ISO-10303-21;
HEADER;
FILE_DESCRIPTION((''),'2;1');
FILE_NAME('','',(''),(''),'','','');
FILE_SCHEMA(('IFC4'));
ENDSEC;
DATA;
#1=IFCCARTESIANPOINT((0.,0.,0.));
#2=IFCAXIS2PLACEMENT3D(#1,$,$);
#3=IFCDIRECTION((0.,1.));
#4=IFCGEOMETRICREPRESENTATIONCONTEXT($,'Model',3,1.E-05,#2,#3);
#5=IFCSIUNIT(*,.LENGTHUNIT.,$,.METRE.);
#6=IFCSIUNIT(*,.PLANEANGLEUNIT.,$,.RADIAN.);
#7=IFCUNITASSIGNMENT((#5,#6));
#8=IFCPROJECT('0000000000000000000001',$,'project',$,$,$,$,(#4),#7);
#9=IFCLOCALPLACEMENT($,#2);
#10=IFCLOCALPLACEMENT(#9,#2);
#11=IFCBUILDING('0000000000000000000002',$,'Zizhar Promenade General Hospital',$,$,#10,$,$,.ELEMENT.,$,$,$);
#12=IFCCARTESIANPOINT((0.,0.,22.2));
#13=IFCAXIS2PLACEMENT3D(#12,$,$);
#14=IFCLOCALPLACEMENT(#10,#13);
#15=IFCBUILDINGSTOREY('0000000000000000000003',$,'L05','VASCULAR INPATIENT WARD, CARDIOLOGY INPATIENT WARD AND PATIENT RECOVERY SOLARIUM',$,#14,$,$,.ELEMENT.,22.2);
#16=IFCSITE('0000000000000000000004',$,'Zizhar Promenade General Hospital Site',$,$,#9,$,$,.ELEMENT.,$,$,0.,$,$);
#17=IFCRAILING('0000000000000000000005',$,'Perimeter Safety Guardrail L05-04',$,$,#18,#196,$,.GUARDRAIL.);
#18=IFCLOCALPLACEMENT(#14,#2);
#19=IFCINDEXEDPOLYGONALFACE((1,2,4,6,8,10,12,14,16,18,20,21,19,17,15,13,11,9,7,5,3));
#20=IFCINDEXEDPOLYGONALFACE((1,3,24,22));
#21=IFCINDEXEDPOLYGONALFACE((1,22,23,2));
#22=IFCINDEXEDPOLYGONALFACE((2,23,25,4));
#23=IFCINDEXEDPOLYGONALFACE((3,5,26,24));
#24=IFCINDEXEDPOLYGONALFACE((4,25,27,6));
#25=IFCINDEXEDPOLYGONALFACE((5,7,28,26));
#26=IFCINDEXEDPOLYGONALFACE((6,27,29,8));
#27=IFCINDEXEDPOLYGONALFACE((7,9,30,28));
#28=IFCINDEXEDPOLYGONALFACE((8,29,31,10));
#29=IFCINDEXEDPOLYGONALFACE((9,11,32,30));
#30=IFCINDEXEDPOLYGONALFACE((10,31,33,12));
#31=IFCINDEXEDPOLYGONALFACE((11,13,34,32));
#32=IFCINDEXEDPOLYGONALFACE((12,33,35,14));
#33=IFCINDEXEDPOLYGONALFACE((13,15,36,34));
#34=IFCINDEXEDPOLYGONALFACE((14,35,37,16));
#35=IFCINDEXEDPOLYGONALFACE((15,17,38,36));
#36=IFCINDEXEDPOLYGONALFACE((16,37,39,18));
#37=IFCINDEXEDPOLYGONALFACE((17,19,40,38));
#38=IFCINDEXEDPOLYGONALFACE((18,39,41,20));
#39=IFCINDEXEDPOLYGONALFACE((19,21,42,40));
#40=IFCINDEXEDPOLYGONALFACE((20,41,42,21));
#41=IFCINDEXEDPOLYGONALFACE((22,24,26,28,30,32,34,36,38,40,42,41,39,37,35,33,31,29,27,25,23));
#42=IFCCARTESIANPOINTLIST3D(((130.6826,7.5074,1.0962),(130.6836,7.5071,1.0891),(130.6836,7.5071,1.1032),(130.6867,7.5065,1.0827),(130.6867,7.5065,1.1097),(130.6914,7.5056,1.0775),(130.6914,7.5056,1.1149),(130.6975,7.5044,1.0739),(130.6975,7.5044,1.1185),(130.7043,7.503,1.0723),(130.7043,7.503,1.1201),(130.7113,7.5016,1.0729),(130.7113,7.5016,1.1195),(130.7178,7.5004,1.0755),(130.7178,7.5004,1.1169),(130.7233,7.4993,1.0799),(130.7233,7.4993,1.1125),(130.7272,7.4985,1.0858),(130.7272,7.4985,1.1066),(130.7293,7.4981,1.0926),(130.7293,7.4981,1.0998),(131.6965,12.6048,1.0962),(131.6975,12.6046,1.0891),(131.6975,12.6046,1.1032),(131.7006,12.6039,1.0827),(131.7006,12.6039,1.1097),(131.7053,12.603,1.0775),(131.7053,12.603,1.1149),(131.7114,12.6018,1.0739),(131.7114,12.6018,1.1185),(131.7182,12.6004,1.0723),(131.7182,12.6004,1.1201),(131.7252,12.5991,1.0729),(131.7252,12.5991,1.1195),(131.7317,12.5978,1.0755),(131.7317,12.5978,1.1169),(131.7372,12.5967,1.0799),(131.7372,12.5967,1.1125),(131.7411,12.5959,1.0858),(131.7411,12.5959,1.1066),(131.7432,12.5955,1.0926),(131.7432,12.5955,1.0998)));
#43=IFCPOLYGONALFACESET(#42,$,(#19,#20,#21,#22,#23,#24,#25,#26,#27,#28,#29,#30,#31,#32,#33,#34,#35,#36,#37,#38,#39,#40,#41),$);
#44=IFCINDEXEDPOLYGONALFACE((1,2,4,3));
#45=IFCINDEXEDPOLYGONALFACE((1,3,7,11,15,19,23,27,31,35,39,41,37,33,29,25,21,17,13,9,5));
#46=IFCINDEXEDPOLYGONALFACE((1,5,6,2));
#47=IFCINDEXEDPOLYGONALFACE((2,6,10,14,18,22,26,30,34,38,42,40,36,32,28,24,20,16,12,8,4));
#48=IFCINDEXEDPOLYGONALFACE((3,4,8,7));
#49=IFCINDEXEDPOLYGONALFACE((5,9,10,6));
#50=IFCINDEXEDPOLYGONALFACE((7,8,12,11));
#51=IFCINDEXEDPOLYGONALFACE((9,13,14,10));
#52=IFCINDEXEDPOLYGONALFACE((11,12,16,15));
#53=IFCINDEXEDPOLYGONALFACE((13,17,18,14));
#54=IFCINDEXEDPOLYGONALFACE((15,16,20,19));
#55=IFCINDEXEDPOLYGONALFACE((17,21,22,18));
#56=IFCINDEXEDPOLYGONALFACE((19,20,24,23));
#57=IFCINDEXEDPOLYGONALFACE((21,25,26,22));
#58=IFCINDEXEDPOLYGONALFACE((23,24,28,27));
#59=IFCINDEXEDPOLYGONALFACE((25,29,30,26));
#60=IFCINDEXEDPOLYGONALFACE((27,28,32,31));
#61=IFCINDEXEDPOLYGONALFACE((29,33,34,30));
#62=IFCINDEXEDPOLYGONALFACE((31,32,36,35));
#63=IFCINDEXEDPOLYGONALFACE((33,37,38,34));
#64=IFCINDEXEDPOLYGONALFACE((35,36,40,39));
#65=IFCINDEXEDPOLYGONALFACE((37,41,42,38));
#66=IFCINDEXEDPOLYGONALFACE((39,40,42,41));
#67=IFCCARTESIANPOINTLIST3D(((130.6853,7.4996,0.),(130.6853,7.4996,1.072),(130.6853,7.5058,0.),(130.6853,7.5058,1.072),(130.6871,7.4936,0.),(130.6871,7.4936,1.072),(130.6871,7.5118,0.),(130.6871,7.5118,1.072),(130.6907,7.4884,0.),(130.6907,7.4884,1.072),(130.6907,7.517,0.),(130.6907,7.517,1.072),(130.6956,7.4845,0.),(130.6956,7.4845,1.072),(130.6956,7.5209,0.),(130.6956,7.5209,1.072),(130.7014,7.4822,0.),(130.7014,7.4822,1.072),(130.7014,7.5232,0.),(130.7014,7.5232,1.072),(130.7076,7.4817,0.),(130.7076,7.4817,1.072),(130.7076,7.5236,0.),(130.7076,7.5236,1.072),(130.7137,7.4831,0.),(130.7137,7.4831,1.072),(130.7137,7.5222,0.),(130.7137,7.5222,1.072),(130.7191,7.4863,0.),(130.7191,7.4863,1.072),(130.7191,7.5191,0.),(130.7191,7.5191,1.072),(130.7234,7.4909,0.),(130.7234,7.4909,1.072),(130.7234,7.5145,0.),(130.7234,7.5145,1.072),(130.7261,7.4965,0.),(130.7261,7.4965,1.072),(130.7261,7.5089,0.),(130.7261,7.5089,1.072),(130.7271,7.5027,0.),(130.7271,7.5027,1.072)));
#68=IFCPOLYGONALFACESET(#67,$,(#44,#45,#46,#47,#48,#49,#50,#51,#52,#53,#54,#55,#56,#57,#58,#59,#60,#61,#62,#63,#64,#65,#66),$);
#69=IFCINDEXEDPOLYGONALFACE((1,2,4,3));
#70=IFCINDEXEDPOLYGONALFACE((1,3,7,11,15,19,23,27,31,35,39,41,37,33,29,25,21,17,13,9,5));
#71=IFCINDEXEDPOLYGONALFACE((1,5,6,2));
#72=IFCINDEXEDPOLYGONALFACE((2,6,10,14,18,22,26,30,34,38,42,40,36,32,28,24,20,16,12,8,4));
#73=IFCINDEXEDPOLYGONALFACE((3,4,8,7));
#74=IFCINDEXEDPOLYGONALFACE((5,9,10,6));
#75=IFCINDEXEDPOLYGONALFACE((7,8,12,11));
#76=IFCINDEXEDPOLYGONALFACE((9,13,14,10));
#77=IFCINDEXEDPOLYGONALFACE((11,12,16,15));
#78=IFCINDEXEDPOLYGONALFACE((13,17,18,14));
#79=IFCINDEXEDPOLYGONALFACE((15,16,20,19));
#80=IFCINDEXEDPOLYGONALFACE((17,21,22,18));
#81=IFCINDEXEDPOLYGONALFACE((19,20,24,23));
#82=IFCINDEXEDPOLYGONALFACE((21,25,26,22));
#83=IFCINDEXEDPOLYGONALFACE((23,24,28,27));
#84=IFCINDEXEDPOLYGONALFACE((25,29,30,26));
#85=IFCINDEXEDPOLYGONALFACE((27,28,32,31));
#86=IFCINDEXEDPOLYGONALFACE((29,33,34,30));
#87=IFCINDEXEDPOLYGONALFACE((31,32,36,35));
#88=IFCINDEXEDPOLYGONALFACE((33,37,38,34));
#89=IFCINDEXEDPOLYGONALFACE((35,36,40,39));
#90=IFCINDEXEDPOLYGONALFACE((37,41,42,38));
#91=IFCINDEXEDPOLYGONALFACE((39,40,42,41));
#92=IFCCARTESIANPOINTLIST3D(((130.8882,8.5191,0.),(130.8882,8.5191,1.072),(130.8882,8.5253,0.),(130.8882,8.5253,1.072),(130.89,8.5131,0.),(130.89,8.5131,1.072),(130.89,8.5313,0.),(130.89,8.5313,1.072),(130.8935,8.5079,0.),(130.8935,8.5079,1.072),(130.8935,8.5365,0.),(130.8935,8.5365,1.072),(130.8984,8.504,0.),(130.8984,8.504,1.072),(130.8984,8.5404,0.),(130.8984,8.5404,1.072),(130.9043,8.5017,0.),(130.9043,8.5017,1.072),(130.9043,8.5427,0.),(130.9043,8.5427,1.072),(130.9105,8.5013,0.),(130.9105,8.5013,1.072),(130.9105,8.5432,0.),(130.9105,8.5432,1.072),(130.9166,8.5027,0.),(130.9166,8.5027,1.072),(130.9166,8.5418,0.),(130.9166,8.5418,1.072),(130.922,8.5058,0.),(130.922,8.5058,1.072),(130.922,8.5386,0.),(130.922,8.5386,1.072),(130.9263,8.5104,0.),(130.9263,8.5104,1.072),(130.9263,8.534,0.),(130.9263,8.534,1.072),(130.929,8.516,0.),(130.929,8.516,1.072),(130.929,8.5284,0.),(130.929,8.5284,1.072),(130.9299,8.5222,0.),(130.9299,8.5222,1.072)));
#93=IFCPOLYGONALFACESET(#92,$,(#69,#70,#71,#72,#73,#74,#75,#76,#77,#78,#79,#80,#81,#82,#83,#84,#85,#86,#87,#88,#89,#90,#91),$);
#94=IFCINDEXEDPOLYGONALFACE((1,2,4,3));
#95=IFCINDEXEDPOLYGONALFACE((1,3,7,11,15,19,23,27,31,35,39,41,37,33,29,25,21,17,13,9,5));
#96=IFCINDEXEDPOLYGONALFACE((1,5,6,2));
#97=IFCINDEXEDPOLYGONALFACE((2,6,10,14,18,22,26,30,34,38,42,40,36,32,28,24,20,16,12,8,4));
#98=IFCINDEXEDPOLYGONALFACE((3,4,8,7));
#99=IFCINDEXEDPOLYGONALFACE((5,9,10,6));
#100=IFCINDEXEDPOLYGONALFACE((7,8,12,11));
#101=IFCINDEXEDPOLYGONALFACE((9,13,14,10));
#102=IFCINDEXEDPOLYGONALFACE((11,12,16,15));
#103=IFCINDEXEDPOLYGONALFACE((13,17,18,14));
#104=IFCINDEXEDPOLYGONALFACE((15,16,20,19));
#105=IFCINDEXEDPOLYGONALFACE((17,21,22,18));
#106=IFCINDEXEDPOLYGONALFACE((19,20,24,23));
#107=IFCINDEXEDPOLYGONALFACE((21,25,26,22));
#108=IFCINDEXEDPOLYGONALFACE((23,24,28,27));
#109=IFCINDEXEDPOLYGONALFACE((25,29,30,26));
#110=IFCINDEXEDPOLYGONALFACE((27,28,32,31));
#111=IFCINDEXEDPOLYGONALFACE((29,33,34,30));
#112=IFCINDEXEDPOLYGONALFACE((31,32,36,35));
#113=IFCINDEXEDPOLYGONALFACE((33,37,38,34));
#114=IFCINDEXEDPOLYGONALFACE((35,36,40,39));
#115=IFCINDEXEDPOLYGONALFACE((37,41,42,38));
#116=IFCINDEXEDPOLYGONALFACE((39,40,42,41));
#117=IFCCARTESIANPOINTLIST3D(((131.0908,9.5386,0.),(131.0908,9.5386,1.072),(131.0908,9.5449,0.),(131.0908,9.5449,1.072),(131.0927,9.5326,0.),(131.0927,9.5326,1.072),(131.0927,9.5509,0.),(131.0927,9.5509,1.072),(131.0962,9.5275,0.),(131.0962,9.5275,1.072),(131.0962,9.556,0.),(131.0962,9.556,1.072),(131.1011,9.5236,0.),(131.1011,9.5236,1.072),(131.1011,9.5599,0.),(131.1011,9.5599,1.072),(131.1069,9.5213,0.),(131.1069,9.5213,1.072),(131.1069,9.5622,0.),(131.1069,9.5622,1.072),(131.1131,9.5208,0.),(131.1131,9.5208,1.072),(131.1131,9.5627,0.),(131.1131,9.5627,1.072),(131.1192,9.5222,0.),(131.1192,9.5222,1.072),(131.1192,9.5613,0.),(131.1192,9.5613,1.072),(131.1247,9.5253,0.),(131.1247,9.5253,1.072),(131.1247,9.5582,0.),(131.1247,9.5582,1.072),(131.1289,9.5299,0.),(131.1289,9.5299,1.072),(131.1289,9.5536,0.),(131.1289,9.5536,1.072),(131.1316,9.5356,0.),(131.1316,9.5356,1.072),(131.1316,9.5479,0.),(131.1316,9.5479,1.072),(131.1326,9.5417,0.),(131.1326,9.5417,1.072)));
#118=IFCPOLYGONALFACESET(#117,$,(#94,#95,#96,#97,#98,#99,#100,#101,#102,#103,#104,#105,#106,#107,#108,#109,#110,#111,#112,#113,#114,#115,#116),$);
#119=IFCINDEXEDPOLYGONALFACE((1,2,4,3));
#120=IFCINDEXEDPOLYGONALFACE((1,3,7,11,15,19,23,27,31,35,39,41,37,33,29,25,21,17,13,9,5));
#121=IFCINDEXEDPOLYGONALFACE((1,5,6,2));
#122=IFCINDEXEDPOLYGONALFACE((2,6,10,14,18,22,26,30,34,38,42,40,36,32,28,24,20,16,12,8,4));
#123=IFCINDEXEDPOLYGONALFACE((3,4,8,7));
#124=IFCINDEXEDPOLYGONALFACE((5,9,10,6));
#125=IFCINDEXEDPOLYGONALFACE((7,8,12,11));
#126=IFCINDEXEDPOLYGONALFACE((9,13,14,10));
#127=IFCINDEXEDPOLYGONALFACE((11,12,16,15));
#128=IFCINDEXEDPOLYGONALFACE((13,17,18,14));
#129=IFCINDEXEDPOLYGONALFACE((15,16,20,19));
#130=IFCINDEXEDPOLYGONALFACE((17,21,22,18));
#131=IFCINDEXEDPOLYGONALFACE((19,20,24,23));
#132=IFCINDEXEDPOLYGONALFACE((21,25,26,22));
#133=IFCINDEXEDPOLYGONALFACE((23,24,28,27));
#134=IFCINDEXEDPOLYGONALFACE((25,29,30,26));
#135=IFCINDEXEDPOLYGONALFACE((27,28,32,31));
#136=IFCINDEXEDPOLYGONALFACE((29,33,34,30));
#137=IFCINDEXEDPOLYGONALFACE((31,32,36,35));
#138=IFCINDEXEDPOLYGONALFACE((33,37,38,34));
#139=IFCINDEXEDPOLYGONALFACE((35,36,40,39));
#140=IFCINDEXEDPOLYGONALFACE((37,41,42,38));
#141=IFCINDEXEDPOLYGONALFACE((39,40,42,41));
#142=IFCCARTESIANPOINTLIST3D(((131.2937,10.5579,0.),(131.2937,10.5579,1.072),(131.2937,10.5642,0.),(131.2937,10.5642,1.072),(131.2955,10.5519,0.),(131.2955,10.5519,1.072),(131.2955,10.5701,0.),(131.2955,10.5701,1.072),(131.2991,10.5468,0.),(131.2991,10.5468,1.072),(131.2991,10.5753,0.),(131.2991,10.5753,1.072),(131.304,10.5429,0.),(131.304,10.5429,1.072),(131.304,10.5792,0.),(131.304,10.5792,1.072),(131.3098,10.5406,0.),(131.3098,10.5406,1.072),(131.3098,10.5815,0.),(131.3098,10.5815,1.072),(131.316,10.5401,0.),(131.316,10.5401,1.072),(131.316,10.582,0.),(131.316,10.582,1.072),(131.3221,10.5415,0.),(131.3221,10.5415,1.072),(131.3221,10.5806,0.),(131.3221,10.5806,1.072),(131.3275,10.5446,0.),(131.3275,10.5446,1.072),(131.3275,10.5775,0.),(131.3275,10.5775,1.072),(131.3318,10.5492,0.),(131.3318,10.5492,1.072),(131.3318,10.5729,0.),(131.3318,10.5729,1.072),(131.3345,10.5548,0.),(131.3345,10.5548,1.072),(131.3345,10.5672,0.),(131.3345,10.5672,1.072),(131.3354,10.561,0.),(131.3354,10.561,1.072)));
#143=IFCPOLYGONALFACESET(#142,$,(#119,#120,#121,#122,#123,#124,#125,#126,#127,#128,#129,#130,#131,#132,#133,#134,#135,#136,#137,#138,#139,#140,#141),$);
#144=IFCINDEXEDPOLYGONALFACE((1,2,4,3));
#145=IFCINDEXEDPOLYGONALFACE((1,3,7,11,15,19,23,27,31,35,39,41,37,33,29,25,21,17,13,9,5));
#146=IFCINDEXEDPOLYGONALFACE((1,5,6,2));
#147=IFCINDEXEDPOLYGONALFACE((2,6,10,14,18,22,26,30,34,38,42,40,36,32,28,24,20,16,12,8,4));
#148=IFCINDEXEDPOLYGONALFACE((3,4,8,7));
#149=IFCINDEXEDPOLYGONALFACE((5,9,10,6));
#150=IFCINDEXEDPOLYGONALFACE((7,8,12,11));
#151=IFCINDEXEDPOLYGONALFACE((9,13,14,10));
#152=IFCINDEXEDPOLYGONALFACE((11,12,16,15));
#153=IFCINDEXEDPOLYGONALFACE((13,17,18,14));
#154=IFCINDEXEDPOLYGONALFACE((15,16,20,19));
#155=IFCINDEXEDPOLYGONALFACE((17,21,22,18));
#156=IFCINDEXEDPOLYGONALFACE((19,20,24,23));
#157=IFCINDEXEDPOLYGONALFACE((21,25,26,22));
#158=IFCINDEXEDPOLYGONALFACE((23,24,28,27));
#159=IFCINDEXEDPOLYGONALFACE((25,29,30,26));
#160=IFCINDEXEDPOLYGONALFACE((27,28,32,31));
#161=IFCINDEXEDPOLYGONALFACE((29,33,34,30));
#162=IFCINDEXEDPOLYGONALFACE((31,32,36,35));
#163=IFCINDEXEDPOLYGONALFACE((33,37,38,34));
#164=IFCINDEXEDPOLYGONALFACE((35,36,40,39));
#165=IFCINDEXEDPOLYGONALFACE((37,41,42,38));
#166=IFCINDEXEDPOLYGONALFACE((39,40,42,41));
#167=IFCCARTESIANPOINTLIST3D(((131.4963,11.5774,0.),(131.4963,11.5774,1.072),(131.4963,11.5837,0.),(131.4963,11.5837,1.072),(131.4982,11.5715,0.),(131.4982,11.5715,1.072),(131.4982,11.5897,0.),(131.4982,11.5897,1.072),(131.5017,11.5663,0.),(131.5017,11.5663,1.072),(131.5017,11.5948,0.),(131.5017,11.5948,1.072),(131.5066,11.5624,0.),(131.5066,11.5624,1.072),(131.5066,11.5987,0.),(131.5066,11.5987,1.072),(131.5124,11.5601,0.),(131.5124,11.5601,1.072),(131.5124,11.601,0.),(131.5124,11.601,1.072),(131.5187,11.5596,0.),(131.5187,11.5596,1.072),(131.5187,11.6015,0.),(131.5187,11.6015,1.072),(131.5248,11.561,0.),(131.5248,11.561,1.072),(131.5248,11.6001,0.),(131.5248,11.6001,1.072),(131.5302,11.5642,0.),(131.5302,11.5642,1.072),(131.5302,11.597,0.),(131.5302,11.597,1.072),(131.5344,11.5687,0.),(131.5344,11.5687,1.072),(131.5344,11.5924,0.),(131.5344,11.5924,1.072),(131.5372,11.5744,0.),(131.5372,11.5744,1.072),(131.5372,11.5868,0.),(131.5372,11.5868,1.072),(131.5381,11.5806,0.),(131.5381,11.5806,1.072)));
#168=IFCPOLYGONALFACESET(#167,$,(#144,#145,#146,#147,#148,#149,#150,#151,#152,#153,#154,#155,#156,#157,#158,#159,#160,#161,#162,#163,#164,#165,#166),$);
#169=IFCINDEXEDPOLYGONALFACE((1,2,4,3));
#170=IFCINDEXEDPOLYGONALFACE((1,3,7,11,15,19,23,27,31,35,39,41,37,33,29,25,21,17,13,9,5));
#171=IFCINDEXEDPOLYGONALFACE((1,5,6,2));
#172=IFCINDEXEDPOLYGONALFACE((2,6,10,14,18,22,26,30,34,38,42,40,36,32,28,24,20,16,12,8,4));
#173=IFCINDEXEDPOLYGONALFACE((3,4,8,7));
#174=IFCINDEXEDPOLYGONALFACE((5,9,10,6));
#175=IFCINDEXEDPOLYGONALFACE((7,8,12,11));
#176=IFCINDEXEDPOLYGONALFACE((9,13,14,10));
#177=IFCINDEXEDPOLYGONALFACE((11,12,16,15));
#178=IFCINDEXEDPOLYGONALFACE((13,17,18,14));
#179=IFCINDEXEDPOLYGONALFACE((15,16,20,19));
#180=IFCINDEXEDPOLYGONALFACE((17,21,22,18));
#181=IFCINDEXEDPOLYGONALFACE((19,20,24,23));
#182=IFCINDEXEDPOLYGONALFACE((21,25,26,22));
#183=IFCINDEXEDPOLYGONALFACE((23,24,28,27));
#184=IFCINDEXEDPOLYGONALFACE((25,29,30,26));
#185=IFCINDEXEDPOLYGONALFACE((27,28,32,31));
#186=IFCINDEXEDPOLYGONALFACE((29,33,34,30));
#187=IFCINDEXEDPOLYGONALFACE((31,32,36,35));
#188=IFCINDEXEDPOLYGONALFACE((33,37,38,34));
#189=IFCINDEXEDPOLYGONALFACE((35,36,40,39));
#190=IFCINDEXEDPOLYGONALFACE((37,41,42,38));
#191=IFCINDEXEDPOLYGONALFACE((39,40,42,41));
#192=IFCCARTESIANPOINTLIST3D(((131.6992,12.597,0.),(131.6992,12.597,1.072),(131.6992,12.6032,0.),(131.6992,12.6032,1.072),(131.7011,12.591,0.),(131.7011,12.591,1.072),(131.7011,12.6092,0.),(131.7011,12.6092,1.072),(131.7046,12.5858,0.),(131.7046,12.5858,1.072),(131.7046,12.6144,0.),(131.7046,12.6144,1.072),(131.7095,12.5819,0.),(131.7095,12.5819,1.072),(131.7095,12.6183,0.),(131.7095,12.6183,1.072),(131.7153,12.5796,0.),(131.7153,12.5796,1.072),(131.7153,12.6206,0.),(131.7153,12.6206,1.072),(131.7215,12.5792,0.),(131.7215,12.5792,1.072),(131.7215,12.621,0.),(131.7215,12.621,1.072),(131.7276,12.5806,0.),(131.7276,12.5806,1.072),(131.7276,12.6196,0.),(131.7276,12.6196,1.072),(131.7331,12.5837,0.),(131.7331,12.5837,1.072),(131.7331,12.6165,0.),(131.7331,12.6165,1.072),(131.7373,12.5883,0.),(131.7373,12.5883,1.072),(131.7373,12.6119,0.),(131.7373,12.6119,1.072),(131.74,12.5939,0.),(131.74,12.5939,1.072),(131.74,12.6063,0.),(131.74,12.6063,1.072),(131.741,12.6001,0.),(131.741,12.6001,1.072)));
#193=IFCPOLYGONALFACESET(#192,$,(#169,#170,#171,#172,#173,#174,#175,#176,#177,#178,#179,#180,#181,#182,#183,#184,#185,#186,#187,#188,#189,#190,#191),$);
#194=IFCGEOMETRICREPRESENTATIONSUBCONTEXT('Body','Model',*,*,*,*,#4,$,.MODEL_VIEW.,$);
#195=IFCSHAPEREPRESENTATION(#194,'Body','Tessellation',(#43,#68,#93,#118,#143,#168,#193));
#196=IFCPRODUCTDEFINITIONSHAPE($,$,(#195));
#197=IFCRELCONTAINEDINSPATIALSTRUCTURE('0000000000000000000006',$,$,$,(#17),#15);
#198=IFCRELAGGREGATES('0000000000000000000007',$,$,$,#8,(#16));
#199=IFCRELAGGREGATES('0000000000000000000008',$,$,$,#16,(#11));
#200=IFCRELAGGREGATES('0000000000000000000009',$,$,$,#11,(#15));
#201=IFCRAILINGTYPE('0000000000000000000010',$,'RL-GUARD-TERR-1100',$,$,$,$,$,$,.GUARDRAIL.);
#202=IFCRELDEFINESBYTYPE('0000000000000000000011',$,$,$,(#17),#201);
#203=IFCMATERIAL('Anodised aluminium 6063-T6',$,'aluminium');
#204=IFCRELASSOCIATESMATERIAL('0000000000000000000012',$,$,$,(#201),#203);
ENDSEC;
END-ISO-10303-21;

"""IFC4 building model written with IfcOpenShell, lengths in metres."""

from ifc_helpers import new_model, si_unit, direction, frame, origin, origin_2d, place, context, subcontext, project, spatial, circle, hollow_circle, extrude, material, material_profile, profile_set, type_object, element, save


model = new_model("IFC4")

# Units and contexts
model_context = context("Model", 3, precision=1e-05, world=origin(), true_north=direction((0.0, 1.0)))
body_context = subcontext(model_context, "Body", "Model", "MODEL_VIEW")
ifc_project = project(units=[si_unit("LENGTHUNIT", "METRE"), si_unit("PLANEANGLEUNIT", "RADIAN")], contexts=[model_context])

# Site, building, storey
site_placement = place(None, origin())
site = spatial("IfcSite", under=ifc_project, at=site_placement, Name="Zizhar Promenade General Hospital Site", CompositionType="ELEMENT", RefElevation=0.0)
building_placement = place(site_placement, origin())
building = spatial("IfcBuilding", under=site, at=building_placement, Name="Zizhar Promenade General Hospital", CompositionType="ELEMENT")
storey_placement = place(building_placement, frame((0.0, 0.0, 22.2)))
storey = spatial("IfcBuildingStorey", under=building, at=storey_placement, Name="L05", Description="VASCULAR INPATIENT WARD, CARDIOLOGY INPATIENT WARD AND PATIENT RECOVERY SOLARIUM", CompositionType="ELEMENT", Elevation=22.2)

# Railing
ifc_material_1 = material(Name="Anodised aluminium 6063-T6", Category="aluminium")
ifc_material_profile_1 = material_profile(ifc_material_1, hollow_circle(Radius=0.0698, WallThickness=0.0063, at=origin_2d()))
ifc_profile_set_1 = profile_set([ifc_material_profile_1], Name="Anodised aluminium 6063-T6")
railing_type = type_object("IfcRailingType", Name="RL-GUARD-TERR-1100", PredefinedType="GUARDRAIL", material=ifc_profile_set_1)
railing_placement = place(storey_placement, frame((130.7061, 7.5027, 0.0)))
element("IfcRailing", 1, at=railing_placement, inside=storey, type_object=railing_type, Name="Perimeter Safety Guardrail L05-04", PredefinedType="GUARDRAIL", context=body_context, shape_type="SweptSolid", body=[
    extrude(circle(Radius=0.0239, at=origin_2d()), frame((0.0, 0.0, 1.0962), z_axis=(0.195086, 0.980786, 0.0), x_axis=(-0.980786, 0.195086, 0.0)), (0.0, 0.0, 1.0), 5.1973),
    extrude(circle(Radius=0.021, at=origin_2d()), origin(), (0.0, 0.0, 1.0), 1.072),
    extrude(circle(Radius=0.021, at=origin_2d()), frame((0.2029, 1.0195, 0.0)), (0.0, 0.0, 1.0), 1.072),
    extrude(circle(Radius=0.021, at=origin_2d()), frame((0.4055, 2.0391, 0.0)), (0.0, 0.0, 1.0), 1.072),
    extrude(circle(Radius=0.021, at=origin_2d()), frame((0.6084, 3.0583, 0.0)), (0.0, 0.0, 1.0), 1.072),
    extrude(circle(Radius=0.021, at=origin_2d()), frame((0.811, 4.0779, 0.0)), (0.0, 0.0, 1.0), 1.072),
    extrude(circle(Radius=0.021, at=origin_2d()), frame((1.0139, 5.0974, 0.0)), (0.0, 0.0, 1.0), 1.072),
])

save(model, "model.ifc")
